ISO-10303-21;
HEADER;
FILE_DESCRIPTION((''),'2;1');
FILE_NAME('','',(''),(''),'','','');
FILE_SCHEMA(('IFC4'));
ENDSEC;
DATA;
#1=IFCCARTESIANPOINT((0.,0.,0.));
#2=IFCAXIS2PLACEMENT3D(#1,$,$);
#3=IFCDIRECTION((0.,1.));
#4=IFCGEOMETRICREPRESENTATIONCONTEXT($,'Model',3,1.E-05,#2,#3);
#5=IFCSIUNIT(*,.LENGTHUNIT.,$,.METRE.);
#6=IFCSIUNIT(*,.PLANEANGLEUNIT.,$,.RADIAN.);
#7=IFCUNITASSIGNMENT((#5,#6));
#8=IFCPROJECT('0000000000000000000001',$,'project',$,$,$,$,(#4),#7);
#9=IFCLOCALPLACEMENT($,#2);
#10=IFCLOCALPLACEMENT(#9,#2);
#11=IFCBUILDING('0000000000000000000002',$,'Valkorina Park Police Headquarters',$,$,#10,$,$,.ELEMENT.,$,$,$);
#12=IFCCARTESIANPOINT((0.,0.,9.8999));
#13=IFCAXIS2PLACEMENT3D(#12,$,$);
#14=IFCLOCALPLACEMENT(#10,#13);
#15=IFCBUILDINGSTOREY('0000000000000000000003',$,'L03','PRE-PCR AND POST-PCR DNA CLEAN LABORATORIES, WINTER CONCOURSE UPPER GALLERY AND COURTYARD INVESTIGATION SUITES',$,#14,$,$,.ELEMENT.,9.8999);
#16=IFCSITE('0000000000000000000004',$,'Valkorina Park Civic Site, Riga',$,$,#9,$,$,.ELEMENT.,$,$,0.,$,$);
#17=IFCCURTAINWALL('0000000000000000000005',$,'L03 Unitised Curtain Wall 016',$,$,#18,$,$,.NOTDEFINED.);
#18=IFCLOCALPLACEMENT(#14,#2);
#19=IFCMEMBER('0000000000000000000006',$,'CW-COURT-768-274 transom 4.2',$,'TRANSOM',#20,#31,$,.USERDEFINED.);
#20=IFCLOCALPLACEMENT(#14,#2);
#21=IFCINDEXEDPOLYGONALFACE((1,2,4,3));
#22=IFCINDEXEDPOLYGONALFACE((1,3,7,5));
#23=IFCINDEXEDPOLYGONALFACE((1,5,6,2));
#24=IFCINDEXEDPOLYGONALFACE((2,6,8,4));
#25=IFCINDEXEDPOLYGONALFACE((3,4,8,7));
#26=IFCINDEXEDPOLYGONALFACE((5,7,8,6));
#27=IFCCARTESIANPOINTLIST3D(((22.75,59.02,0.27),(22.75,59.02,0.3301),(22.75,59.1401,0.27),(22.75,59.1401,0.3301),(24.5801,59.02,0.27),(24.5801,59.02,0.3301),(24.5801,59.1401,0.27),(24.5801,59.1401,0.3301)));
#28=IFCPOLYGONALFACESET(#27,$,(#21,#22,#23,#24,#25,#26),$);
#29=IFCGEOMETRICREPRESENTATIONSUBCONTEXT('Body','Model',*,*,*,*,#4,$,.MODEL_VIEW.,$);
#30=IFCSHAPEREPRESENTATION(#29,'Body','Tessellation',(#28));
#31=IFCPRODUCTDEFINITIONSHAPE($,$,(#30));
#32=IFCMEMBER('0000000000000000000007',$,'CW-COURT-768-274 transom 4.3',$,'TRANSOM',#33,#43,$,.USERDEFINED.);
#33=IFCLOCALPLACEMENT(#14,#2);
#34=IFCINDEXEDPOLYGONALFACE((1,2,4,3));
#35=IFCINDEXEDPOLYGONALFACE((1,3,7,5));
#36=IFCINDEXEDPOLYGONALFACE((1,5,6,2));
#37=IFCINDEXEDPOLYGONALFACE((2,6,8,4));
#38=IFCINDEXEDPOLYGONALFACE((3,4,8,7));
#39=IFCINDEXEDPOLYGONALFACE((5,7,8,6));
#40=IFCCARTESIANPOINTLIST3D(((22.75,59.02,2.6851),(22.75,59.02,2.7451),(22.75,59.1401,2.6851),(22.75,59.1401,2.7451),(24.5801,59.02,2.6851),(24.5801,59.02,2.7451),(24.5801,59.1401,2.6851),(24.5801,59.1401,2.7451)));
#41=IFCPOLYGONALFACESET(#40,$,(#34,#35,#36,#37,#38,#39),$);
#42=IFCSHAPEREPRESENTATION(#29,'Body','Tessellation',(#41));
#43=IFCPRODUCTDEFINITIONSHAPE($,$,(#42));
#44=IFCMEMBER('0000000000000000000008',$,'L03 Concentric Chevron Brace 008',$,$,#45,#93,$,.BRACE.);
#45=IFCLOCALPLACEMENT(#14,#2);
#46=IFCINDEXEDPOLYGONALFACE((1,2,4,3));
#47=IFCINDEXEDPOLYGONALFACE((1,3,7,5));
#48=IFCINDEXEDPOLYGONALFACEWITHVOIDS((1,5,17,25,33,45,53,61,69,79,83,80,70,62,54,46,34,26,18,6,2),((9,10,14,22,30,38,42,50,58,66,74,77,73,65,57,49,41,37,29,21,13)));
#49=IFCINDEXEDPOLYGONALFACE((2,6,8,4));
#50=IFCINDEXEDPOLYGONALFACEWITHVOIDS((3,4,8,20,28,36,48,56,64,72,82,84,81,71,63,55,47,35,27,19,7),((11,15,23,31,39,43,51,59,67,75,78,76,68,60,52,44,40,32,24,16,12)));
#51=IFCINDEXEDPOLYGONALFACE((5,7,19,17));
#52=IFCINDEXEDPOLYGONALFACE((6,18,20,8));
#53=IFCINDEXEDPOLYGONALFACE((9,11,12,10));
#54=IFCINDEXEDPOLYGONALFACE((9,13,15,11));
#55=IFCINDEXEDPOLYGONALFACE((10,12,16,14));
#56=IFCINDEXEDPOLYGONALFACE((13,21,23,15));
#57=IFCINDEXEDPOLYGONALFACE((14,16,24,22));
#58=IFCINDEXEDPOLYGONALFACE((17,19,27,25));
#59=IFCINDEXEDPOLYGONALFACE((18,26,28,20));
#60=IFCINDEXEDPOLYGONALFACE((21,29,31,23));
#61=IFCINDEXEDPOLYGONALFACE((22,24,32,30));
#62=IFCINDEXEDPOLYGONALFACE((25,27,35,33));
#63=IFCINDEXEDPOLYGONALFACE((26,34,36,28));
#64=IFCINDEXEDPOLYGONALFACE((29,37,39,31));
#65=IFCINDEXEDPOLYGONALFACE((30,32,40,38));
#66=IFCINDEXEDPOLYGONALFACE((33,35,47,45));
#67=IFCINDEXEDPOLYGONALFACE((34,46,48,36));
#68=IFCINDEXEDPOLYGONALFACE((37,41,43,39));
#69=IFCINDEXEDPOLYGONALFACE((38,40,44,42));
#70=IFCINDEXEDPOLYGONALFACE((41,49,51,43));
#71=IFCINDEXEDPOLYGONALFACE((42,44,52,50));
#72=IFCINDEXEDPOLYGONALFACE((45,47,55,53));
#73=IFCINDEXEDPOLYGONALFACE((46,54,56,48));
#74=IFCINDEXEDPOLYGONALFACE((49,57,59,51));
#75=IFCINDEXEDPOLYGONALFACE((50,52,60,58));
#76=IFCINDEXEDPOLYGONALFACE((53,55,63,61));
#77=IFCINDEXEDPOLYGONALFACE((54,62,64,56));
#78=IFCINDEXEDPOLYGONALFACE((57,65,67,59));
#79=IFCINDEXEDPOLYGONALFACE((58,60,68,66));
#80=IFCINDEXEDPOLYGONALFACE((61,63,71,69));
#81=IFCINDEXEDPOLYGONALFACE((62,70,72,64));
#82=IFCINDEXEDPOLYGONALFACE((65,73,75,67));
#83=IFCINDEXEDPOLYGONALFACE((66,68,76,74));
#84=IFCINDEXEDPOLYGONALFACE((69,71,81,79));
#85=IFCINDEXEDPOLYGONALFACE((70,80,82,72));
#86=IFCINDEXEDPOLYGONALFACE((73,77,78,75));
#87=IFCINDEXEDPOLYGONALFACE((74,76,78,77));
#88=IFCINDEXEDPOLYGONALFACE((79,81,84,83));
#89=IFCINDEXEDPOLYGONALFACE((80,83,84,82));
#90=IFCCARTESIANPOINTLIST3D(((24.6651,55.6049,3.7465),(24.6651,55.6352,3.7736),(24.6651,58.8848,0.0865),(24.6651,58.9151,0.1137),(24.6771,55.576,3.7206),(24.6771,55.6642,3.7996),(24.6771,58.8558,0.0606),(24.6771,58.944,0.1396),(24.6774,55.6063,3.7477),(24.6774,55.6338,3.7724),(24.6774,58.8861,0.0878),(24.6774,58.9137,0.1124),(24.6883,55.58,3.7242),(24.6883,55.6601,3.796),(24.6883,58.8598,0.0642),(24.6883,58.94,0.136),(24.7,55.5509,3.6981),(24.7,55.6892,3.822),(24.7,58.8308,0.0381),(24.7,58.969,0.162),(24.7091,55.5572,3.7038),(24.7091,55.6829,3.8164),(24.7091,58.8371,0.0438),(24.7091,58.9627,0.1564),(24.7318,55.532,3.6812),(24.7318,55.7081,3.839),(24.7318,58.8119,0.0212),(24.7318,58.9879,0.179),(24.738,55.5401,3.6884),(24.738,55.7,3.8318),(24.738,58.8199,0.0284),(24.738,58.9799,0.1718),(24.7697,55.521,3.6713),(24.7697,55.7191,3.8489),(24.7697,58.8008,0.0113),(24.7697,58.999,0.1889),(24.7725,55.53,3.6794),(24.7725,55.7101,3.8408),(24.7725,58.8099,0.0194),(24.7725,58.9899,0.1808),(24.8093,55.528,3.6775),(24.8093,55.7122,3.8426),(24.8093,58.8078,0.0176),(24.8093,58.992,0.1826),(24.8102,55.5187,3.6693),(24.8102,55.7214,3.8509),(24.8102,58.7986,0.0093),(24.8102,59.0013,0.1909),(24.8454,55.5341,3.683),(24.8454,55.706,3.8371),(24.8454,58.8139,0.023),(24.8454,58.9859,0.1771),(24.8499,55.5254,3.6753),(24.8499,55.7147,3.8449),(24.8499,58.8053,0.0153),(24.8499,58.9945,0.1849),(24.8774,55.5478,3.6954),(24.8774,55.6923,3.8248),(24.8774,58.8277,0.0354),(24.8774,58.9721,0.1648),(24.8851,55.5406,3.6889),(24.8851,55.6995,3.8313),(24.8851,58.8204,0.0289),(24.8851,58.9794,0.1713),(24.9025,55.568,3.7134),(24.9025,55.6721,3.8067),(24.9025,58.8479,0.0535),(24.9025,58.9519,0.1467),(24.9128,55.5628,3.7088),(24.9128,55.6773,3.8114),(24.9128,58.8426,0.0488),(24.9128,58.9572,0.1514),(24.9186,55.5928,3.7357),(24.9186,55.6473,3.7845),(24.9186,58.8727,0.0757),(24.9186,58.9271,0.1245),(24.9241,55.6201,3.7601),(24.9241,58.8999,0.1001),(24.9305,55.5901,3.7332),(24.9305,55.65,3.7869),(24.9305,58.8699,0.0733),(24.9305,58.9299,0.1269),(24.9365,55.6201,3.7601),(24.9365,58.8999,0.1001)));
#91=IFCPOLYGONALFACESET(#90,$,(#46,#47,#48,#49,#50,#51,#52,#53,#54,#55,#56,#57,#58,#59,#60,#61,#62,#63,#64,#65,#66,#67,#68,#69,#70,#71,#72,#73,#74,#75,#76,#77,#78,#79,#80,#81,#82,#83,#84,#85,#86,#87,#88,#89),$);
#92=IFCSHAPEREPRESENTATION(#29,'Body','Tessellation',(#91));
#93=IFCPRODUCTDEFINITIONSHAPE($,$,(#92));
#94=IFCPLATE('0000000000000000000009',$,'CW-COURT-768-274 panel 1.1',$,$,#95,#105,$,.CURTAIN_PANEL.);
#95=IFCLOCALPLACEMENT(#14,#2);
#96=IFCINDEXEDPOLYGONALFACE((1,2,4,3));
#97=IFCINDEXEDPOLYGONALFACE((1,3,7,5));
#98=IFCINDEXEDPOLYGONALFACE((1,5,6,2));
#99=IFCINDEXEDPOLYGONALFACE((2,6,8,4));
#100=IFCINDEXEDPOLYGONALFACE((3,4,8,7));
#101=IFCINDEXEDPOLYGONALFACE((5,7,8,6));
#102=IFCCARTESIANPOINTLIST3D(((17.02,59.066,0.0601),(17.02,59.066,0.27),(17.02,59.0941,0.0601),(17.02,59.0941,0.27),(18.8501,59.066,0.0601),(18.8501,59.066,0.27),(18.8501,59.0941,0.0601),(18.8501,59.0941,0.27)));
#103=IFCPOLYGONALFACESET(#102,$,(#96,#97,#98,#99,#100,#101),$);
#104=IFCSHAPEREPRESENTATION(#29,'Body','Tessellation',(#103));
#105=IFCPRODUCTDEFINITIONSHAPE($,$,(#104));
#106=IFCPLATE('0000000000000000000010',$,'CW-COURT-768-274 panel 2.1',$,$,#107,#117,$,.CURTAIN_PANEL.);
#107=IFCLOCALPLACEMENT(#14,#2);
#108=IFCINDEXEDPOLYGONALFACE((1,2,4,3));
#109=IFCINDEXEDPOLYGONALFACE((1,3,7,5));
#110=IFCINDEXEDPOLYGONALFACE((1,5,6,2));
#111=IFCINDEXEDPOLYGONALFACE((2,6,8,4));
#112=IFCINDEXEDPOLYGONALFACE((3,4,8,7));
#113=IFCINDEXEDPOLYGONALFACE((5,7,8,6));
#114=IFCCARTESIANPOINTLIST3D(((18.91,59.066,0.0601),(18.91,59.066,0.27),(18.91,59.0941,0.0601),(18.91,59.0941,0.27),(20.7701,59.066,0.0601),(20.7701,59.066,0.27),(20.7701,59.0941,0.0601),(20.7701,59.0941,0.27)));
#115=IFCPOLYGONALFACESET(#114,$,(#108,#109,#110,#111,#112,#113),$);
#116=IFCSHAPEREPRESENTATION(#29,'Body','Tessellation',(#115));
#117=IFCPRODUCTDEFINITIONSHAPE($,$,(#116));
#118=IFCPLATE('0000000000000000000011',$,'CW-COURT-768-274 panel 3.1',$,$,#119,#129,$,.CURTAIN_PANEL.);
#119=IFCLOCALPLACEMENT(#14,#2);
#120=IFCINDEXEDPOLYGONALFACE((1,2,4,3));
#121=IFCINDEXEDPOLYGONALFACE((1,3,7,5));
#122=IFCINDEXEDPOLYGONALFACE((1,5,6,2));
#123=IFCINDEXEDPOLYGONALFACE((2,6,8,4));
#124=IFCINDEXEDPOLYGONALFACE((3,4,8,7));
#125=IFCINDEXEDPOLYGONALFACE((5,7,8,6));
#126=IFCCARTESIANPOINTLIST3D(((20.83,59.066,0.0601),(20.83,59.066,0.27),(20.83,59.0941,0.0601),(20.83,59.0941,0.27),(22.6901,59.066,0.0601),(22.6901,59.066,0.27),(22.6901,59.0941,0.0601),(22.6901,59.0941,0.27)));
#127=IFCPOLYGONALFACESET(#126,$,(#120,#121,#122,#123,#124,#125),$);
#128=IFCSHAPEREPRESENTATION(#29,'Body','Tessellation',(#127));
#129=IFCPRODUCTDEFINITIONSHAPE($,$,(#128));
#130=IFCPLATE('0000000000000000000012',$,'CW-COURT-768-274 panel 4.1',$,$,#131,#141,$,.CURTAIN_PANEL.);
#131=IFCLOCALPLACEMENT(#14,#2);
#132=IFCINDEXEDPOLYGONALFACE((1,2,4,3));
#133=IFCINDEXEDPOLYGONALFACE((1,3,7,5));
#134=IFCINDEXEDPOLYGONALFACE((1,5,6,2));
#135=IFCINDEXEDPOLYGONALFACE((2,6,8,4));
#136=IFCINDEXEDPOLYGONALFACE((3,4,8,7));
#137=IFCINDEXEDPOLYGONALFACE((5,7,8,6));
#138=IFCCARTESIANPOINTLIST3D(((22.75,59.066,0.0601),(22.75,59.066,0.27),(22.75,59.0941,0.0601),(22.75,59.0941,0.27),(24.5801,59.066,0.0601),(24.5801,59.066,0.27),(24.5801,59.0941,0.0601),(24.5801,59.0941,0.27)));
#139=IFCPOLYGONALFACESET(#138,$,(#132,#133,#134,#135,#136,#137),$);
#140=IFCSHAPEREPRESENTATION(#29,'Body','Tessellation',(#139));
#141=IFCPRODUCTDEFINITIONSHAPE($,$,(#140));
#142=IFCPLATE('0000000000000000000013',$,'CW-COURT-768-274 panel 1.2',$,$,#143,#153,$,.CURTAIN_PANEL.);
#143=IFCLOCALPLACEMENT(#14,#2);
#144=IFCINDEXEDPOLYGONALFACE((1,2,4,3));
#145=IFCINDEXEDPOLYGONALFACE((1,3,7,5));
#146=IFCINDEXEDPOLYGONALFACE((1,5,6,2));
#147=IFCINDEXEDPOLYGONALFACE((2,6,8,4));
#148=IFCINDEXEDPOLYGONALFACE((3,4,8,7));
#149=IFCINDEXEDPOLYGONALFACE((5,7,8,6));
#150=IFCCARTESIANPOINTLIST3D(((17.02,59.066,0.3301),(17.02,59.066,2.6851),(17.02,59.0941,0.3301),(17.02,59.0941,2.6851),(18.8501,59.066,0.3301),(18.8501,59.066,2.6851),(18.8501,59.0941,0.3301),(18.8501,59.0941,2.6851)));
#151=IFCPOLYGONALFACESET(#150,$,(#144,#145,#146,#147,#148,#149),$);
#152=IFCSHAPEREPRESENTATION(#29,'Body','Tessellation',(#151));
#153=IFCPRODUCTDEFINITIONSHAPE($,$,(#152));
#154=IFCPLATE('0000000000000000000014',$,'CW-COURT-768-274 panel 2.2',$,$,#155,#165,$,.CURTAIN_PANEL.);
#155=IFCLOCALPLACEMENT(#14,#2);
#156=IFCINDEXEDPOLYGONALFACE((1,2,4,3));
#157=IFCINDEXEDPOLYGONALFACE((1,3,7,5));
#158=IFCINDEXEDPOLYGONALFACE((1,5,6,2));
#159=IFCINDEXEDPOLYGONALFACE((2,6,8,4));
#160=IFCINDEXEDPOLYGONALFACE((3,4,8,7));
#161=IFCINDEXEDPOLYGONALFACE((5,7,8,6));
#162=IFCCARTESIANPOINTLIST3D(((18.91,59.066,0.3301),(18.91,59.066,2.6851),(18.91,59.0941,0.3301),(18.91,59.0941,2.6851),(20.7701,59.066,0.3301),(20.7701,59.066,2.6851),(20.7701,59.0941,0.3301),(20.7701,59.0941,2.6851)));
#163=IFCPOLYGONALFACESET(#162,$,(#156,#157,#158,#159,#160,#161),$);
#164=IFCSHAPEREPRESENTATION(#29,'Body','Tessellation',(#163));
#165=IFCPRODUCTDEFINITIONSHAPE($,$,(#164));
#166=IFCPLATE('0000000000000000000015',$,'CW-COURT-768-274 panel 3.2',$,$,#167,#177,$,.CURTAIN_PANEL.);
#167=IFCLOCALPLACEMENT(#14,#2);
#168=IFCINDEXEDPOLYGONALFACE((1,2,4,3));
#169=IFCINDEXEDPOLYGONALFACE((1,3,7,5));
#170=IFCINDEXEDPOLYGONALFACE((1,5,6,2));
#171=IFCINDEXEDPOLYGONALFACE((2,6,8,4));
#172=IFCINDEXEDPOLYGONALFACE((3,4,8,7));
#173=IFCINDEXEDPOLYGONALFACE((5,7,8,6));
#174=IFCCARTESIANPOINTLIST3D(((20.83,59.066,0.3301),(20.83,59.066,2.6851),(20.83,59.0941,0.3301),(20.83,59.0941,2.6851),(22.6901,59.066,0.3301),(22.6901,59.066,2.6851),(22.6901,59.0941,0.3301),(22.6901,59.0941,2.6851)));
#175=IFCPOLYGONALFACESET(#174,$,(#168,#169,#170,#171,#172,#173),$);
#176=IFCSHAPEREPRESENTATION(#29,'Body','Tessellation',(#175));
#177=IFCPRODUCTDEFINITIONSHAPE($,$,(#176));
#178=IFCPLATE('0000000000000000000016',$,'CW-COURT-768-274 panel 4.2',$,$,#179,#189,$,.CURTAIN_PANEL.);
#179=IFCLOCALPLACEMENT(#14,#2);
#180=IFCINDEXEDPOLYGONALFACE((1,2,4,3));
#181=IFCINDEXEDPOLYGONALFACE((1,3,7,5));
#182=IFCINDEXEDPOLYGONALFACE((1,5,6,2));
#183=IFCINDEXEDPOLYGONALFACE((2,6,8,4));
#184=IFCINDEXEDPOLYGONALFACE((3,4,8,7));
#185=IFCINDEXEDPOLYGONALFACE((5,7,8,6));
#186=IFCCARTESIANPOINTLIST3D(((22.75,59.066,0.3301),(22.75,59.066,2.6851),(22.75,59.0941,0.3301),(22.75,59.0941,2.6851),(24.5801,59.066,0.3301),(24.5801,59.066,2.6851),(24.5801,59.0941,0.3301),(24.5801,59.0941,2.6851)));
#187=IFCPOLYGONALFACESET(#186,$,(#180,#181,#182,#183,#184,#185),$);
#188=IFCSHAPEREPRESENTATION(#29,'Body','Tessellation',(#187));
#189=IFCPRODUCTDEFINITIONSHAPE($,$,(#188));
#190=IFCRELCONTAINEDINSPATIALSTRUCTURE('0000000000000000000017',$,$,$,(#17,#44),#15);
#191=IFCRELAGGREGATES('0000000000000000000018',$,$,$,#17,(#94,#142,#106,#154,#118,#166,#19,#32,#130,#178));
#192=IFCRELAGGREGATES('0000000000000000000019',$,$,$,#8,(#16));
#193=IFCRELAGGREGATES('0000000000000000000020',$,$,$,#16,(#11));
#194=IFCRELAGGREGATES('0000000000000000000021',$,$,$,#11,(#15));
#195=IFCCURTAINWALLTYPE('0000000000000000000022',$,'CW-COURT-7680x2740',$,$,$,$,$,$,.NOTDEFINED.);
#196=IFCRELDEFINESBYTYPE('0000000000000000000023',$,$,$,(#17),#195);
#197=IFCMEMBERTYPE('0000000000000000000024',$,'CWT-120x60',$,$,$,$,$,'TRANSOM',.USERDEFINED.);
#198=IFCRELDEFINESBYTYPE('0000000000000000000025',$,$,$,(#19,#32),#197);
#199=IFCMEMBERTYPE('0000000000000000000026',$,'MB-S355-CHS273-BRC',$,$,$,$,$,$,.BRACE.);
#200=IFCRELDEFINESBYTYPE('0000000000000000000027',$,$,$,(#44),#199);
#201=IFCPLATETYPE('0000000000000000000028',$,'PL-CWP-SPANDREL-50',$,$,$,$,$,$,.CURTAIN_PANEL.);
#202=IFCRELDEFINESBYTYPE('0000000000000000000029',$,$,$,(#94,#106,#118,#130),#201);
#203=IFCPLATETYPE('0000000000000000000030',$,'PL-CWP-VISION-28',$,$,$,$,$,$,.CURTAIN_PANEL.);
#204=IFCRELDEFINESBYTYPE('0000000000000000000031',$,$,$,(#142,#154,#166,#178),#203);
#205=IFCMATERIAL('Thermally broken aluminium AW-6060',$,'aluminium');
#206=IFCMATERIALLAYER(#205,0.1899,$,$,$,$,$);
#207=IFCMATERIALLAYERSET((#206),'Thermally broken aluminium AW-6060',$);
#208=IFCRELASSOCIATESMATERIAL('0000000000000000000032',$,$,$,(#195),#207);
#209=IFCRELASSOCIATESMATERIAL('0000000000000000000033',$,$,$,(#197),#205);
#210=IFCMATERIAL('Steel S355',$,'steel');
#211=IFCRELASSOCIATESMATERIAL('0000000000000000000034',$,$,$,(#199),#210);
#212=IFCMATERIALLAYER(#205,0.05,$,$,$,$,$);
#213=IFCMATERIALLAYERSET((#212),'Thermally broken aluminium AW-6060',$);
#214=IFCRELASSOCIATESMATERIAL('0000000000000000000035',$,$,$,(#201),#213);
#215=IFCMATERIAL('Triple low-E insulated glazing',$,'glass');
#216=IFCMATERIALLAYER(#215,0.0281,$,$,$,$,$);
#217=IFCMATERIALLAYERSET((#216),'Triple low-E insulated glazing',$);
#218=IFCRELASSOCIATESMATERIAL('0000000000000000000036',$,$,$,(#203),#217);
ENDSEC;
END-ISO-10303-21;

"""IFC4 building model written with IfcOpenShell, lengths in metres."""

from ifc_helpers import new_model, si_unit, direction, frame, origin, origin_2d, place, context, subcontext, project, spatial, rectangle, hollow_circle, extrude, material, layer, layer_set, material_profile, profile_set, type_object, element, aggregate, save


model = new_model("IFC4")

# Units and contexts
model_context = context("Model", 3, precision=1e-05, world=origin(), true_north=direction((0.0, 1.0)))
body_context = subcontext(model_context, "Body", "Model", "MODEL_VIEW")
ifc_project = project(units=[si_unit("LENGTHUNIT", "METRE"), si_unit("PLANEANGLEUNIT", "RADIAN")], contexts=[model_context])

# Site, building, storey
site_placement = place(None, origin())
site = spatial("IfcSite", under=ifc_project, at=site_placement, Name="Valkorina Park Civic Site, Riga", CompositionType="ELEMENT", RefElevation=0.0)
building_placement = place(site_placement, origin())
building = spatial("IfcBuilding", under=site, at=building_placement, Name="Valkorina Park Police Headquarters", CompositionType="ELEMENT")
storey_placement = place(building_placement, frame((0.0, 0.0, 9.8999)))
storey = spatial("IfcBuildingStorey", under=building, at=storey_placement, Name="L03", Description="PRE-PCR AND POST-PCR DNA CLEAN LABORATORIES, WINTER CONCOURSE UPPER GALLERY AND COURTYARD INVESTIGATION SUITES", CompositionType="ELEMENT", Elevation=9.8999)

# Curtain wall, members
ifc_material_1 = material(Name="Thermally broken aluminium AW-6060", Category="aluminium")
ifc_layer_1 = layer(ifc_material_1, 0.1899)
ifc_layer_set_1 = layer_set([ifc_layer_1], Name="Thermally broken aluminium AW-6060")
curtain_wall_type = type_object("IfcCurtainWallType", Name="CW-COURT-7680x2740", PredefinedType="NOTDEFINED", material=ifc_layer_set_1)
curtain_wall_placement = place(storey_placement, origin())
curtain_wall = element("IfcCurtainWall", 1, at=curtain_wall_placement, inside=storey, type_object=curtain_wall_type, Name="L03 Unitised Curtain Wall 016", PredefinedType="NOTDEFINED")
ifc_material_profile_1 = material_profile(ifc_material_1, rectangle(XDim=0.1201, YDim=0.0601, at=origin_2d()), Name="CWT-01 120x60")
ifc_profile_set_1 = profile_set([ifc_material_profile_1], Name="Thermally broken aluminium AW-6060")
member_type_1 = type_object("IfcMemberType", Name="CWT-120x60", ElementType="TRANSOM", PredefinedType="USERDEFINED", material=ifc_profile_set_1)
member_1_placement = place(storey_placement, frame((22.75, 59.0801, 0.3), z_axis=(1.0, 0.0, 0.0), x_axis=(0.0, 1.0, 0.0)))
member_1 = element("IfcMember", 2, at=member_1_placement, type_object=member_type_1, Name="CW-COURT-768-274 transom 4.2", ObjectType="TRANSOM", PredefinedType="USERDEFINED", context=body_context, shape_type="SweptSolid", body=[
    extrude(rectangle(XDim=0.1201, YDim=0.0601, at=origin_2d()), origin(), (0.0, 0.0, 1.0), 1.8301),
])
member_2_placement = place(storey_placement, frame((22.75, 59.0801, 2.7151), z_axis=(1.0, 0.0, 0.0), x_axis=(0.0, 1.0, 0.0)))
member_2 = element("IfcMember", 3, at=member_2_placement, type_object=member_type_1, Name="CW-COURT-768-274 transom 4.3", ObjectType="TRANSOM", PredefinedType="USERDEFINED", context=body_context, shape_type="SweptSolid", body=[
    extrude(rectangle(XDim=0.1201, YDim=0.0601, at=origin_2d()), origin(), (0.0, 0.0, 1.0), 1.8301),
])

# Member
ifc_material_2 = material(Name="Steel S355", Category="steel")
ifc_material_profile_2 = material_profile(ifc_material_2, hollow_circle(Radius=0.1365, WallThickness=0.0125, at=origin_2d()), Name="CHS 273x12.5")
ifc_profile_set_2 = profile_set([ifc_material_profile_2], Name="Steel S355")
member_type_2 = type_object("IfcMemberType", Name="MB-S355-CHS273-BRC", PredefinedType="BRACE", material=ifc_profile_set_2)
member_3_placement = place(storey_placement, frame((24.8, 58.8999, 0.1001), z_axis=(0.0, -0.667374, 0.744723), x_axis=(1.0, 0.0, 0.0)))
element("IfcMember", 4, at=member_3_placement, inside=storey, type_object=member_type_2, Name="L03 Concentric Chevron Brace 008", PredefinedType="BRACE", context=body_context, shape_type="SweptSolid", body=[
    extrude(hollow_circle(Radius=0.1365, WallThickness=0.0125, at=origin_2d()), origin(), (0.0, 0.0, 1.0), 4.9146),
])

# Plates
ifc_layer_2 = layer(ifc_material_1, 0.05)
ifc_layer_set_2 = layer_set([ifc_layer_2], Name="Thermally broken aluminium AW-6060")
plate_type_1 = type_object("IfcPlateType", Name="PL-CWP-SPANDREL-50", PredefinedType="CURTAIN_PANEL", material=ifc_layer_set_2)
plate_1_placement = place(storey_placement, frame((17.9351, 59.0801, 0.0601), z_axis=(0.0, 0.0, 1.0), x_axis=(1.0, 0.0, 0.0)))
plate_1 = element("IfcPlate", 5, at=plate_1_placement, type_object=plate_type_1, Name="CW-COURT-768-274 panel 1.1", PredefinedType="CURTAIN_PANEL", context=body_context, shape_type="SweptSolid", body=[
    extrude(rectangle(XDim=1.8301, YDim=0.0281, at=origin_2d()), origin(), (0.0, 0.0, 1.0), 0.21),
])
plate_2_placement = place(storey_placement, frame((19.8401, 59.0801, 0.0601), z_axis=(0.0, 0.0, 1.0), x_axis=(1.0, 0.0, 0.0)))
plate_2 = element("IfcPlate", 6, at=plate_2_placement, type_object=plate_type_1, Name="CW-COURT-768-274 panel 2.1", PredefinedType="CURTAIN_PANEL", context=body_context, shape_type="SweptSolid", body=[
    extrude(rectangle(XDim=1.8601, YDim=0.0281, at=origin_2d()), origin(), (0.0, 0.0, 1.0), 0.21),
])
plate_3_placement = place(storey_placement, frame((21.76, 59.0801, 0.0601), z_axis=(0.0, 0.0, 1.0), x_axis=(1.0, 0.0, 0.0)))
plate_3 = element("IfcPlate", 7, at=plate_3_placement, type_object=plate_type_1, Name="CW-COURT-768-274 panel 3.1", PredefinedType="CURTAIN_PANEL", context=body_context, shape_type="SweptSolid", body=[
    extrude(rectangle(XDim=1.8601, YDim=0.0281, at=origin_2d()), origin(), (0.0, 0.0, 1.0), 0.21),
])
plate_4_placement = place(storey_placement, frame((23.665, 59.0801, 0.0601), z_axis=(0.0, 0.0, 1.0), x_axis=(1.0, 0.0, 0.0)))
plate_4 = element("IfcPlate", 8, at=plate_4_placement, type_object=plate_type_1, Name="CW-COURT-768-274 panel 4.1", PredefinedType="CURTAIN_PANEL", context=body_context, shape_type="SweptSolid", body=[
    extrude(rectangle(XDim=1.8301, YDim=0.0281, at=origin_2d()), origin(), (0.0, 0.0, 1.0), 0.21),
])
ifc_material_3 = material(Name="Triple low-E insulated glazing", Category="glass")
ifc_layer_3 = layer(ifc_material_3, 0.0281)
ifc_layer_set_3 = layer_set([ifc_layer_3], Name="Triple low-E insulated glazing")
plate_type_2 = type_object("IfcPlateType", Name="PL-CWP-VISION-28", PredefinedType="CURTAIN_PANEL", material=ifc_layer_set_3)
plate_5_placement = place(storey_placement, frame((17.9351, 59.0801, 0.3301), z_axis=(0.0, 0.0, 1.0), x_axis=(1.0, 0.0, 0.0)))
plate_5 = element("IfcPlate", 9, at=plate_5_placement, type_object=plate_type_2, Name="CW-COURT-768-274 panel 1.2", PredefinedType="CURTAIN_PANEL", context=body_context, shape_type="SweptSolid", body=[
    extrude(rectangle(XDim=1.8301, YDim=0.0281, at=origin_2d()), origin(), (0.0, 0.0, 1.0), 2.355),
])
plate_6_placement = place(storey_placement, frame((19.8401, 59.0801, 0.3301), z_axis=(0.0, 0.0, 1.0), x_axis=(1.0, 0.0, 0.0)))
plate_6 = element("IfcPlate", 10, at=plate_6_placement, type_object=plate_type_2, Name="CW-COURT-768-274 panel 2.2", PredefinedType="CURTAIN_PANEL", context=body_context, shape_type="SweptSolid", body=[
    extrude(rectangle(XDim=1.8601, YDim=0.0281, at=origin_2d()), origin(), (0.0, 0.0, 1.0), 2.355),
])
plate_7_placement = place(storey_placement, frame((21.76, 59.0801, 0.3301), z_axis=(0.0, 0.0, 1.0), x_axis=(1.0, 0.0, 0.0)))
plate_7 = element("IfcPlate", 11, at=plate_7_placement, type_object=plate_type_2, Name="CW-COURT-768-274 panel 3.2", PredefinedType="CURTAIN_PANEL", context=body_context, shape_type="SweptSolid", body=[
    extrude(rectangle(XDim=1.8601, YDim=0.0281, at=origin_2d()), origin(), (0.0, 0.0, 1.0), 2.355),
])
plate_8_placement = place(storey_placement, frame((23.665, 59.0801, 0.3301), z_axis=(0.0, 0.0, 1.0), x_axis=(1.0, 0.0, 0.0)))
plate_8 = element("IfcPlate", 12, at=plate_8_placement, type_object=plate_type_2, Name="CW-COURT-768-274 panel 4.2", PredefinedType="CURTAIN_PANEL", context=body_context, shape_type="SweptSolid", body=[
    extrude(rectangle(XDim=1.8301, YDim=0.0281, at=origin_2d()), origin(), (0.0, 0.0, 1.0), 2.355),
])
aggregate(curtain_wall, [plate_1, plate_5, plate_2, plate_6, plate_3, plate_7, member_1, member_2, plate_4, plate_8])

save(model, "model.ifc")
